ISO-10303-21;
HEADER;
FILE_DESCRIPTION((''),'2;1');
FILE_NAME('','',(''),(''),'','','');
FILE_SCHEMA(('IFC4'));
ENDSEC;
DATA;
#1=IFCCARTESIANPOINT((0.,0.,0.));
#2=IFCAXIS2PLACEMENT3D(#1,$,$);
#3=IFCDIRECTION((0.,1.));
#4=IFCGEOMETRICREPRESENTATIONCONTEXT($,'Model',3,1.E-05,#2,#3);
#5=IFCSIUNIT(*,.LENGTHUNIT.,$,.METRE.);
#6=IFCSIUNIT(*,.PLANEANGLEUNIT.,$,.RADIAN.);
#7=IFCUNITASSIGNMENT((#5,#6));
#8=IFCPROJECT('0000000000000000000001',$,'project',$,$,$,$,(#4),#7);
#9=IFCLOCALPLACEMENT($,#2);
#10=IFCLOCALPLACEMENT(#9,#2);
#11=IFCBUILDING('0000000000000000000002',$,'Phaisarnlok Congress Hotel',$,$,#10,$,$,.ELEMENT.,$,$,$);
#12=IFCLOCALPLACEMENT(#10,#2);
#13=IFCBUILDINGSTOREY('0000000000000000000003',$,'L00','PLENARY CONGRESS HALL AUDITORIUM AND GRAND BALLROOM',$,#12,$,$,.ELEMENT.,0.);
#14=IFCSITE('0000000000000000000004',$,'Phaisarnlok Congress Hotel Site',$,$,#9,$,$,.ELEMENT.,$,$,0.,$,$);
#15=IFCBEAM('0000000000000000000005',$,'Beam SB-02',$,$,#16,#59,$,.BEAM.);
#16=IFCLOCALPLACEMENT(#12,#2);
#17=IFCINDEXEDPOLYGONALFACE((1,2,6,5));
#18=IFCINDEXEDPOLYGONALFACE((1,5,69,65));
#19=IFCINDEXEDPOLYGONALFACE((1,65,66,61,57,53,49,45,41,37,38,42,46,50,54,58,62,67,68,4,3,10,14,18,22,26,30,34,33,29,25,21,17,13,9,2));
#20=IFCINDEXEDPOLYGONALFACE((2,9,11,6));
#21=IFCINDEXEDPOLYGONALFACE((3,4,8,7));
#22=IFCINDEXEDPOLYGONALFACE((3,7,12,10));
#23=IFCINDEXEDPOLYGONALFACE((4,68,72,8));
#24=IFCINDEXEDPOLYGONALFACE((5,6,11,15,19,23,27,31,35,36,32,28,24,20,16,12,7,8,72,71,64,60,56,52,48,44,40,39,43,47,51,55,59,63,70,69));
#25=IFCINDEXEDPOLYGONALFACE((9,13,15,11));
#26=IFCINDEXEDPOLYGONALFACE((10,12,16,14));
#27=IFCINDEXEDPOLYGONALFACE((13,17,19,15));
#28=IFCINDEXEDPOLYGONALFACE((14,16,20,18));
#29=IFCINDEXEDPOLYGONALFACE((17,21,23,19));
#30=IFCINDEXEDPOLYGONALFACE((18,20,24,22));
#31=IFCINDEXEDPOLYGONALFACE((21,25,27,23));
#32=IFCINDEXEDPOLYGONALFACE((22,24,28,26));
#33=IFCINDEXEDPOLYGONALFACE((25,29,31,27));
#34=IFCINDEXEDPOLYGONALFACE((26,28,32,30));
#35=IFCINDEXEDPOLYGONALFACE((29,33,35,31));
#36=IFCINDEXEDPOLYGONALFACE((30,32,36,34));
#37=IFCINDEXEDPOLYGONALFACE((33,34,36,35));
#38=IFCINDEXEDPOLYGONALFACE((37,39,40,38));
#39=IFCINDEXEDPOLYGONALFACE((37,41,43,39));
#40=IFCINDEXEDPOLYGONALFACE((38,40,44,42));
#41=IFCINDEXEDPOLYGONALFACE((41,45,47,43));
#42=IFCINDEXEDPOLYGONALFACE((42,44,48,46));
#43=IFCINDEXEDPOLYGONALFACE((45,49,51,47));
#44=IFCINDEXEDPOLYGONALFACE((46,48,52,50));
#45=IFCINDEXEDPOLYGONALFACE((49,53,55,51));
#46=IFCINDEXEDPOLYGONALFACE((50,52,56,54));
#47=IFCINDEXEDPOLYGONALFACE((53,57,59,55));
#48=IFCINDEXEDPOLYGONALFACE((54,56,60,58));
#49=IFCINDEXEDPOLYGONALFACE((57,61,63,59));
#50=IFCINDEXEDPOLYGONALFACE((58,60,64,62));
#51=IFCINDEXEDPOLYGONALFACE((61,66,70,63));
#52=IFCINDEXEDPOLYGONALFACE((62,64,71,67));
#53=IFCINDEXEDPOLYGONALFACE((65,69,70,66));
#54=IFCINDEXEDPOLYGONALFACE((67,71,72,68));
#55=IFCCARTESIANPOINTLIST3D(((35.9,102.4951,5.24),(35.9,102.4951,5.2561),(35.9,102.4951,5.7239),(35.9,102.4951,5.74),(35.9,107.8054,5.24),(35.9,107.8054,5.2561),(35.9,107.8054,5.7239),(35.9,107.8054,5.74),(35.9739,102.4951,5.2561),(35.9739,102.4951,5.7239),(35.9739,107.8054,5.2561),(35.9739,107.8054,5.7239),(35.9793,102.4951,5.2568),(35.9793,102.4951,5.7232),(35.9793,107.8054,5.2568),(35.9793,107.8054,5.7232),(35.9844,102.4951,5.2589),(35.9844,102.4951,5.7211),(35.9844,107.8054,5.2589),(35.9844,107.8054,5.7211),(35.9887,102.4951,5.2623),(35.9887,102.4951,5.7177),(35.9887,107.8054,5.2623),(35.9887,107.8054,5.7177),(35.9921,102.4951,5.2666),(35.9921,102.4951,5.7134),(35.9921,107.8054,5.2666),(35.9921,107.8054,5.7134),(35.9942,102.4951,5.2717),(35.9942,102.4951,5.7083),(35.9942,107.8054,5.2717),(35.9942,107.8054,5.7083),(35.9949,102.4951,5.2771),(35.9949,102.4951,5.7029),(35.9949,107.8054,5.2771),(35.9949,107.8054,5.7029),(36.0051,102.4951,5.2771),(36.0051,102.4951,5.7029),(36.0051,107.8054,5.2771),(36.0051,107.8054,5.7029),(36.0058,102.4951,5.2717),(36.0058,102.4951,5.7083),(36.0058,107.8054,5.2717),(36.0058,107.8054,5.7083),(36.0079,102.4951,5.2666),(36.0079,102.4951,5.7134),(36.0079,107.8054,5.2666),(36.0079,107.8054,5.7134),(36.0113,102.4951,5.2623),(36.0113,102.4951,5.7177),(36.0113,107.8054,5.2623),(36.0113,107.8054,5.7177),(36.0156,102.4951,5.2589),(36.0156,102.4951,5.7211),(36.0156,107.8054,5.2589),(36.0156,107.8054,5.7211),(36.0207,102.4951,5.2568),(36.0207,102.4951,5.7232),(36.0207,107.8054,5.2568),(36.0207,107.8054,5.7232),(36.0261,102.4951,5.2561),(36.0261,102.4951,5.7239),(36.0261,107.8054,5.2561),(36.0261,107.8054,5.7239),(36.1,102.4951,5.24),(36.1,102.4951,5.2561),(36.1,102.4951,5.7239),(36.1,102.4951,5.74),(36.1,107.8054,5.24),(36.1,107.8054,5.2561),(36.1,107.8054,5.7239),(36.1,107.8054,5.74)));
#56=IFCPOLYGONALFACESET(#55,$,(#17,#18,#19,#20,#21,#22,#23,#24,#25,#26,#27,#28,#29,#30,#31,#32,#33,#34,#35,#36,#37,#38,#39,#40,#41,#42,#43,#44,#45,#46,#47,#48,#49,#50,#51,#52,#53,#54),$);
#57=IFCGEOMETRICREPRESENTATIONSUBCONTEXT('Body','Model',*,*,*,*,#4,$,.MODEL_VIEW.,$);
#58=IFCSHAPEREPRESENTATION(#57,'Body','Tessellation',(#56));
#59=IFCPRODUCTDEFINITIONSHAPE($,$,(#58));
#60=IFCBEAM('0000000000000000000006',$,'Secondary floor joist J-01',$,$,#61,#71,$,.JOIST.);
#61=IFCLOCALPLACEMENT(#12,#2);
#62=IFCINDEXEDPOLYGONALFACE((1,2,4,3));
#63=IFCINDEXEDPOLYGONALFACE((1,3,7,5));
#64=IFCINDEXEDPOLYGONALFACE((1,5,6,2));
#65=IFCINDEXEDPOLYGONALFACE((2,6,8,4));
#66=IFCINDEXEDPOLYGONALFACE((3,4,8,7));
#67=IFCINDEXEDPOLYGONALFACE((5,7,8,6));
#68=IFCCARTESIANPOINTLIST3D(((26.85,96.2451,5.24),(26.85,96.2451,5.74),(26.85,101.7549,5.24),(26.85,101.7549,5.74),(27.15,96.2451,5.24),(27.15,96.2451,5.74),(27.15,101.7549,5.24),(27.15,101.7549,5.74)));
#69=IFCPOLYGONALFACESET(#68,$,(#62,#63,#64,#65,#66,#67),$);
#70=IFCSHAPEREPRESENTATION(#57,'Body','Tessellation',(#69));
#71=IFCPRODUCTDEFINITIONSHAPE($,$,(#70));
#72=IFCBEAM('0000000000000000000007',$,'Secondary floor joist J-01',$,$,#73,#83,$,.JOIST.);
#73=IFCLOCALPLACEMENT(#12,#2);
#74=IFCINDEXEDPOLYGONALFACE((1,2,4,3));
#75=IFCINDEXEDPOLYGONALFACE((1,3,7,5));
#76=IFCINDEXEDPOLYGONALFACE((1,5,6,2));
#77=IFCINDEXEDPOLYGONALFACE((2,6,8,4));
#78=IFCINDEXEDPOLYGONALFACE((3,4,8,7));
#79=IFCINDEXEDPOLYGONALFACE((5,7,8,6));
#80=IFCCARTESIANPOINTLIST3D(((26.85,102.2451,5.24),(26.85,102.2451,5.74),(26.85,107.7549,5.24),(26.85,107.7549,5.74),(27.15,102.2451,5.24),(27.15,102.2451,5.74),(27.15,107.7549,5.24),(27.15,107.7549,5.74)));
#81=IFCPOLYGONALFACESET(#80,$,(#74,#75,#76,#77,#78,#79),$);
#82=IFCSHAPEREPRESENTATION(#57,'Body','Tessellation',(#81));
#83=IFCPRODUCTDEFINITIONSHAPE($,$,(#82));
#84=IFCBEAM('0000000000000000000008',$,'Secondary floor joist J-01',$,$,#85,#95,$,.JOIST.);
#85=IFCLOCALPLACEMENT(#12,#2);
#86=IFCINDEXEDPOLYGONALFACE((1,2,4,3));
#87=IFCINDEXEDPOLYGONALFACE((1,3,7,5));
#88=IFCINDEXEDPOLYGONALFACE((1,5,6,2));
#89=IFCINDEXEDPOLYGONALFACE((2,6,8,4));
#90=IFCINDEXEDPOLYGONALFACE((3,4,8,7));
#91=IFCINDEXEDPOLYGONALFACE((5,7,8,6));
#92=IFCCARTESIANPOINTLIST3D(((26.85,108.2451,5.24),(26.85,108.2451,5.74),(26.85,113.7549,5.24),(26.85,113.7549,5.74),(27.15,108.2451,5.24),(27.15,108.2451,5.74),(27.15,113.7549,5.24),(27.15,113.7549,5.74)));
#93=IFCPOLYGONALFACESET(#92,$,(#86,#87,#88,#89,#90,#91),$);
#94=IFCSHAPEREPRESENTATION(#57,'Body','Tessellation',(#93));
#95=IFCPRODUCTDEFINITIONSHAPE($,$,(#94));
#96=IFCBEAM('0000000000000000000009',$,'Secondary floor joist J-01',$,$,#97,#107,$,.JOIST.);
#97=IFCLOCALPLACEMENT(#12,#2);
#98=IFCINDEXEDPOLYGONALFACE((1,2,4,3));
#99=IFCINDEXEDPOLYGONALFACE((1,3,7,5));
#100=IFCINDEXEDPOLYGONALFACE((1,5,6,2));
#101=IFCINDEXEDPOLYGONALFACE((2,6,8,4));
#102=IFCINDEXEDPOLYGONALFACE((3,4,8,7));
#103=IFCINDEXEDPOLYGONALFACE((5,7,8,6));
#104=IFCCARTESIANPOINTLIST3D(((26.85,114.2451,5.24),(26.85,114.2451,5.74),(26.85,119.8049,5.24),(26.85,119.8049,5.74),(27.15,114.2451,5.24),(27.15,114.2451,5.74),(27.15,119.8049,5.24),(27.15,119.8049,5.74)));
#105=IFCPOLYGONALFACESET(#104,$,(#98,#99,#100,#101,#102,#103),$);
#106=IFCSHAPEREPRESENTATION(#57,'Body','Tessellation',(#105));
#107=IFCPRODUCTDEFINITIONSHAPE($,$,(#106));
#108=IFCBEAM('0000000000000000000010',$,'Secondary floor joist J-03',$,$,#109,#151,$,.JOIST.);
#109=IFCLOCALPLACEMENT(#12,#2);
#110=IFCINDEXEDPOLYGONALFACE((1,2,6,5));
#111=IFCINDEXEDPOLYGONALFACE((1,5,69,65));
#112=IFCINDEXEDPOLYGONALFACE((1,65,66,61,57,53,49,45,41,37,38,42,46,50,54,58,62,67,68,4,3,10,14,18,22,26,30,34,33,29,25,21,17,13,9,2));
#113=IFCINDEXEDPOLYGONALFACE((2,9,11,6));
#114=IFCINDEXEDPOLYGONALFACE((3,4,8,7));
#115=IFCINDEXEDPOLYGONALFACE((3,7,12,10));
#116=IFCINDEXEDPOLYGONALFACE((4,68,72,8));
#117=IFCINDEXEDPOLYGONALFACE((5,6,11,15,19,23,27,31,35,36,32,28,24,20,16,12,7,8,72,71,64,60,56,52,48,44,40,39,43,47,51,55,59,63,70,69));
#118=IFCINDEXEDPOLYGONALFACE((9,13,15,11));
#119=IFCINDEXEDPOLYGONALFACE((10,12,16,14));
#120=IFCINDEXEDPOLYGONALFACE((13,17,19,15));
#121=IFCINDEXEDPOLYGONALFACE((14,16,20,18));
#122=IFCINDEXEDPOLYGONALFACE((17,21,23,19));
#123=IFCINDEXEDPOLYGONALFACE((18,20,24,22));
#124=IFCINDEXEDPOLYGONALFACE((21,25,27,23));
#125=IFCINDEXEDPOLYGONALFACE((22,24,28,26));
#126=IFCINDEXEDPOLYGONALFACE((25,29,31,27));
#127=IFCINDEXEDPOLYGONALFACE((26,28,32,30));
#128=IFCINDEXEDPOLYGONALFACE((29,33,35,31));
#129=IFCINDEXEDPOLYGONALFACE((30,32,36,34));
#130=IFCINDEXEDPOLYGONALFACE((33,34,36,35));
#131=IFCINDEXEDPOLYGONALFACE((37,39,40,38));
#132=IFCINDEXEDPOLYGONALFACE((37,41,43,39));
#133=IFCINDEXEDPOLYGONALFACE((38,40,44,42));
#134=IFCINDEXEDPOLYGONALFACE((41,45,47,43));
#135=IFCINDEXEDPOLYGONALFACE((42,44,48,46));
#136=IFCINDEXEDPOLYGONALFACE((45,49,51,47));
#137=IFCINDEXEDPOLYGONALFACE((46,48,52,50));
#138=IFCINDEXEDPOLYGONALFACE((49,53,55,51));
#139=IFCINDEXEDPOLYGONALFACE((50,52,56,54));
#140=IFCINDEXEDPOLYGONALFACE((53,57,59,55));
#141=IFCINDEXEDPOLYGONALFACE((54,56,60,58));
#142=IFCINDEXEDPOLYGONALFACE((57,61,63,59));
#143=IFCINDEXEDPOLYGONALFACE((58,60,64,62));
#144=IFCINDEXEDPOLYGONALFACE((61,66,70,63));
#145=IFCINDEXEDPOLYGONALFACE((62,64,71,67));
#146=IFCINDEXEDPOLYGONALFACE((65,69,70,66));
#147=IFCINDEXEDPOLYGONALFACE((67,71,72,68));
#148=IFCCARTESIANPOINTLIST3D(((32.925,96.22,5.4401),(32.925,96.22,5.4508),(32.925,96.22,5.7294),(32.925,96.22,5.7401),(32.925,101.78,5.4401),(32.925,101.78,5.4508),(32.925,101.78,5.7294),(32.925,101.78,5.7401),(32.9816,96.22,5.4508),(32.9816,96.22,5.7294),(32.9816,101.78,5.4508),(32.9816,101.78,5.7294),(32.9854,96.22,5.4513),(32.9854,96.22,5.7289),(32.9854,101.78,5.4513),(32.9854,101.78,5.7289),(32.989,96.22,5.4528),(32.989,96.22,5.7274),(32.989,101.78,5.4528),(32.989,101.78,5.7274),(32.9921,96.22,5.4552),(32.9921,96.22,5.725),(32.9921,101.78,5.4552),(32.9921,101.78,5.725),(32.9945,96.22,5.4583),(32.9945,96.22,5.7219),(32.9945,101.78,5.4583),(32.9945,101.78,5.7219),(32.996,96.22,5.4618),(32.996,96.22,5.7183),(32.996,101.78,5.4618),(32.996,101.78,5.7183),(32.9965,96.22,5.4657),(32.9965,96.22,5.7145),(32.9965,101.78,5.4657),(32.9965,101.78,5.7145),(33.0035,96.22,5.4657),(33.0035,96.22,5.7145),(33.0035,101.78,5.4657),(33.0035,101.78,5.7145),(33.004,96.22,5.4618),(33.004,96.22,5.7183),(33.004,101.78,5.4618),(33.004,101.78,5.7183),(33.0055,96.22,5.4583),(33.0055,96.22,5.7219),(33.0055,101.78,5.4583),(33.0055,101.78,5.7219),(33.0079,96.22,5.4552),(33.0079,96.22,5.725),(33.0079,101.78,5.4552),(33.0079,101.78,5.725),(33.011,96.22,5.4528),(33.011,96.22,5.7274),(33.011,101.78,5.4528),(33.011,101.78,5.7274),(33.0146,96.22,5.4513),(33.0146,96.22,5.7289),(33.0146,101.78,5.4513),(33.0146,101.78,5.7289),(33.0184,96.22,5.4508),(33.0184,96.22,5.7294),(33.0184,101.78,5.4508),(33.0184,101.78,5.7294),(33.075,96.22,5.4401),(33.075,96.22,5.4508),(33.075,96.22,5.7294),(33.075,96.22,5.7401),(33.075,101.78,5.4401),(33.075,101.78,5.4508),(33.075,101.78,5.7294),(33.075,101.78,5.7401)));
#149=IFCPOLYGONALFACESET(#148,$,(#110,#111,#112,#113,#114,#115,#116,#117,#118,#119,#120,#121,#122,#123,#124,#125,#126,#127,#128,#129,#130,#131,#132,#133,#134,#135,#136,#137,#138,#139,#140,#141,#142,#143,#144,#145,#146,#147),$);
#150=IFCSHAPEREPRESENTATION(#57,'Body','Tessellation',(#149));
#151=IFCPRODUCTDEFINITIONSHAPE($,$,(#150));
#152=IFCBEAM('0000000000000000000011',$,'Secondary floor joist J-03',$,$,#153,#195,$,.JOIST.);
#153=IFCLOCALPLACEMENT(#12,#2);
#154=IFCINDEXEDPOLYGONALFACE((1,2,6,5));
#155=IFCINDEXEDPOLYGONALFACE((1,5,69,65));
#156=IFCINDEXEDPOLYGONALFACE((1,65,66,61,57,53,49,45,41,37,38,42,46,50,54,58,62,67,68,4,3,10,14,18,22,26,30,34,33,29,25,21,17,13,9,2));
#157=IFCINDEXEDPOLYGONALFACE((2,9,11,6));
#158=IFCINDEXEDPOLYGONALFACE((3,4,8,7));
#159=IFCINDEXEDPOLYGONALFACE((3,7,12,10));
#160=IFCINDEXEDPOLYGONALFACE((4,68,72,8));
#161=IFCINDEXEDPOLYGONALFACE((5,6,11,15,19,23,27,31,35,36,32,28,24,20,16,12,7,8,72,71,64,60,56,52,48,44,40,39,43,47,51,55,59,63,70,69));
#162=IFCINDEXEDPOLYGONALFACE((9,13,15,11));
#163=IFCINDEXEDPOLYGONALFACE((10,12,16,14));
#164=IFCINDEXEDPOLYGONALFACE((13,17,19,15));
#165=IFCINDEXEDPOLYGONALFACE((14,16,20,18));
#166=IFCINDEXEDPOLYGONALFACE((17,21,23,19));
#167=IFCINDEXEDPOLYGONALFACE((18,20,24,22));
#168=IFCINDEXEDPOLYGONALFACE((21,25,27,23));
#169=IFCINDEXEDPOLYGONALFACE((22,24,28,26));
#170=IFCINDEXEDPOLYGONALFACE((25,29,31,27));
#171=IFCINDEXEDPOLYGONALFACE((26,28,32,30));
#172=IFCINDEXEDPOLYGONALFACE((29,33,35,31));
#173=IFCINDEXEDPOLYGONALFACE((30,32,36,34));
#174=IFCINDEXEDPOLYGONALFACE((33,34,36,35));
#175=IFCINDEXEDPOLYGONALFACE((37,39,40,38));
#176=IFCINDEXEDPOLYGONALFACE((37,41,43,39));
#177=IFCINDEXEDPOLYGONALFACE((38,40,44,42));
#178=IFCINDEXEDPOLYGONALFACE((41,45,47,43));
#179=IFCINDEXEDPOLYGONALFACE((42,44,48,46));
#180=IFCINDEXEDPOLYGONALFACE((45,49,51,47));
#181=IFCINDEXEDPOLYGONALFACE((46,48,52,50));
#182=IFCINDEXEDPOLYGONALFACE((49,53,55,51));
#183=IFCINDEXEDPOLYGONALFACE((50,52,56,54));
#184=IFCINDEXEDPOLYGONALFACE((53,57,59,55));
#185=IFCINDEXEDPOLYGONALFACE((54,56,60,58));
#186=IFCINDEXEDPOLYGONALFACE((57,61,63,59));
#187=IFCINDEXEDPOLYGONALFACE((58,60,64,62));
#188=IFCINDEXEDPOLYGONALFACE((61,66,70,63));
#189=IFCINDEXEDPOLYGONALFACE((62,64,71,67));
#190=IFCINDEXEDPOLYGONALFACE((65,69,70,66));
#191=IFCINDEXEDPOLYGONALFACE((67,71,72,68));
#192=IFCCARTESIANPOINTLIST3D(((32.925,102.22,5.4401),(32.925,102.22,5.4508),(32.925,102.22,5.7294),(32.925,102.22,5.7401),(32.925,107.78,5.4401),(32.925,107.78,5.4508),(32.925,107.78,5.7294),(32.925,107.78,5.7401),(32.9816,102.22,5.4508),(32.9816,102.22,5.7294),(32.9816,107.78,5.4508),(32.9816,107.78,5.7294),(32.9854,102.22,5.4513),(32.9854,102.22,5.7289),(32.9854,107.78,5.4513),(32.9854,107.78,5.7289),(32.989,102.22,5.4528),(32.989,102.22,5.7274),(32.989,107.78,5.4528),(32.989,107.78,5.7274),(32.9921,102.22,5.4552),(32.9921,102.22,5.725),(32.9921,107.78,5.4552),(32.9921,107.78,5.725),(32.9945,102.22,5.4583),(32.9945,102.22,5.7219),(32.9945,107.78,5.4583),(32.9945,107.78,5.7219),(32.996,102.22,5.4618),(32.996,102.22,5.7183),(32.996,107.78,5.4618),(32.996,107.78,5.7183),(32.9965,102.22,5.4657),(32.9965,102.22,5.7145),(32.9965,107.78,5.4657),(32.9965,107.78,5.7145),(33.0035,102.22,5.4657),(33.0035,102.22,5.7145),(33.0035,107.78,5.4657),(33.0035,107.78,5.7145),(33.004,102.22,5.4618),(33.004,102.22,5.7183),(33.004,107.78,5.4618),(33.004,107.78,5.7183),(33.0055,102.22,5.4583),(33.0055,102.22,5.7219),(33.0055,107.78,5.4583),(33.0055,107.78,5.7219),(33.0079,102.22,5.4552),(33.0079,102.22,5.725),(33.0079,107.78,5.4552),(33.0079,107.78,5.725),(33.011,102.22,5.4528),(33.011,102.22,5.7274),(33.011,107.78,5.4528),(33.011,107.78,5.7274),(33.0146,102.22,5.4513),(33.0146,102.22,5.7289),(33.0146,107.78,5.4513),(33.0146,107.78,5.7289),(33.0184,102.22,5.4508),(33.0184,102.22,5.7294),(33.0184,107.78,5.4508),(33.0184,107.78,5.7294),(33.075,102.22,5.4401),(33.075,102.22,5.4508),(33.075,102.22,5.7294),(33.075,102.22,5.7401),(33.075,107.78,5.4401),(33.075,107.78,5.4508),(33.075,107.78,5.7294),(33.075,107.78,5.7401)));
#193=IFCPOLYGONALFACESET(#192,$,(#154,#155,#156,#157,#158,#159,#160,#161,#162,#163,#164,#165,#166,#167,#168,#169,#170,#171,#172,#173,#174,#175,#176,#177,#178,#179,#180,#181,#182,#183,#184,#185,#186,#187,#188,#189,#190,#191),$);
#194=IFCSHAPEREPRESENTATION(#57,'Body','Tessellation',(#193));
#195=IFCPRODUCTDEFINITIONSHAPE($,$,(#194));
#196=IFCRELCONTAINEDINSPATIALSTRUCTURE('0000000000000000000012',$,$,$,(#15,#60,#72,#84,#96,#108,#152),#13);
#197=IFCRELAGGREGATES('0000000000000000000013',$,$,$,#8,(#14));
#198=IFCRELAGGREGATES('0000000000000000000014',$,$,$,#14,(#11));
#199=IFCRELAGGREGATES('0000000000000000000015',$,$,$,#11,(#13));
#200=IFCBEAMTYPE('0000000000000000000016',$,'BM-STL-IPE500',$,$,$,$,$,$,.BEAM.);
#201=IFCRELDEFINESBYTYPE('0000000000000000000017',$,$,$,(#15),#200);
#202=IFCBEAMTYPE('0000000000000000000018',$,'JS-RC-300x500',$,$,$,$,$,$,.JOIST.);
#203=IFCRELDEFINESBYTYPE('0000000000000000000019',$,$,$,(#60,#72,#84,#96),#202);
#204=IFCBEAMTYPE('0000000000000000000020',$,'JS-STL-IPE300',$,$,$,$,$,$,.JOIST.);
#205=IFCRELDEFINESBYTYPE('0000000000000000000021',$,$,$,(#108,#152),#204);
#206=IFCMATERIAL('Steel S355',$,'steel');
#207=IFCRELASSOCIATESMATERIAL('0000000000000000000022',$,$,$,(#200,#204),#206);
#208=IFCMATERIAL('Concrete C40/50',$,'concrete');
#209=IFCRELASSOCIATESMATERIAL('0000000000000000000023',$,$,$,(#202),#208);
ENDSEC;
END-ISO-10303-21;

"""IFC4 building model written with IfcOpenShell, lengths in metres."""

from ifc_helpers import new_model, si_unit, direction, frame, origin, origin_2d, place, context, subcontext, project, spatial, rectangle, i_section, extrude, material, material_profile, profile_set, type_object, element, save


model = new_model("IFC4")

# Units and contexts
model_context = context("Model", 3, precision=1e-05, world=origin(), true_north=direction((0.0, 1.0)))
body_context = subcontext(model_context, "Body", "Model", "MODEL_VIEW")
ifc_project = project(units=[si_unit("LENGTHUNIT", "METRE"), si_unit("PLANEANGLEUNIT", "RADIAN")], contexts=[model_context])

# Site, building, storey
site_placement = place(None, origin())
site = spatial("IfcSite", under=ifc_project, at=site_placement, Name="Phaisarnlok Congress Hotel Site", CompositionType="ELEMENT", RefElevation=0.0)
building_placement = place(site_placement, origin())
building = spatial("IfcBuilding", under=site, at=building_placement, Name="Phaisarnlok Congress Hotel", CompositionType="ELEMENT")
storey_placement = place(building_placement, origin())
storey = spatial("IfcBuildingStorey", under=building, at=storey_placement, Name="L00", Description="PLENARY CONGRESS HALL AUDITORIUM AND GRAND BALLROOM", CompositionType="ELEMENT", Elevation=0.0)

# Shared definitions
ifc_material_1 = material(Name="Steel S355", Category="steel")

# Beams
ifc_material_2 = material(Name="Concrete C40/50", Category="concrete")
ifc_material_profile_1 = material_profile(ifc_material_1, i_section(OverallWidth=0.2, OverallDepth=0.5, WebThickness=0.0103, FlangeThickness=0.0161, FilletRadius=0.021, at=origin_2d()), Name="IPE 500")
ifc_profile_set_1 = profile_set([ifc_material_profile_1], Name="Steel S355")
beam_type_1 = type_object("IfcBeamType", Name="BM-STL-IPE500", PredefinedType="BEAM", material=ifc_profile_set_1)
beam_1_placement = place(storey_placement, frame((36.0, 102.4951, 5.49), z_axis=(0.0, 1.0, 0.0), x_axis=(-1.0, 0.0, 0.0)))
element("IfcBeam", 1, at=beam_1_placement, inside=storey, type_object=beam_type_1, Name="Beam SB-02", PredefinedType="BEAM", context=body_context, shape_type="SweptSolid", body=[
    extrude(i_section(OverallWidth=0.2, OverallDepth=0.5, WebThickness=0.0103, FlangeThickness=0.0161, FilletRadius=0.021, at=origin_2d()), origin(), (0.0, 0.0, 1.0), 5.3103),
])
ifc_material_profile_2 = material_profile(ifc_material_2, rectangle(XDim=0.3, YDim=0.5, at=origin_2d()), Name="RC 300x500")
ifc_profile_set_2 = profile_set([ifc_material_profile_2], Name="Concrete C40/50")
beam_type_2 = type_object("IfcBeamType", Name="JS-RC-300x500", PredefinedType="JOIST", material=ifc_profile_set_2)
for number, where, z_axis, x_axis, name in (
    (2, (27.0, 96.2451, 5.49), (0.0, 1.0, 0.0), (-1.0, 0.0, 0.0), "Secondary floor joist J-01"),
    (3, (27.0, 102.2451, 5.49), (0.0, 1.0, 0.0), (-1.0, 0.0, 0.0), "Secondary floor joist J-01"),
    (4, (27.0, 108.2451, 5.49), (0.0, 1.0, 0.0), (-1.0, 0.0, 0.0), "Secondary floor joist J-01"),
):
    element("IfcBeam", number, at=place(storey_placement, frame(where, z_axis=z_axis, x_axis=x_axis)), inside=storey, type_object=beam_type_2, Name=name, PredefinedType="JOIST", context=body_context, shape_type="SweptSolid", body=[
        extrude(rectangle(XDim=0.3, YDim=0.5, at=origin_2d()), origin(), (0.0, 0.0, 1.0), 5.5098),
    ])
beam_2_placement = place(storey_placement, frame((27.0, 114.2451, 5.49), z_axis=(0.0, 1.0, 0.0), x_axis=(-1.0, 0.0, 0.0)))
element("IfcBeam", 5, at=beam_2_placement, inside=storey, type_object=beam_type_2, Name="Secondary floor joist J-01", PredefinedType="JOIST", context=body_context, shape_type="SweptSolid", body=[
    extrude(rectangle(XDim=0.3, YDim=0.5, at=origin_2d()), origin(), (0.0, 0.0, 1.0), 5.5598),
])
ifc_material_profile_3 = material_profile(ifc_material_1, i_section(OverallWidth=0.1499, OverallDepth=0.3, WebThickness=0.0071, FlangeThickness=0.0107, FilletRadius=0.0149, at=origin_2d()), Name="IPE 300")
ifc_profile_set_3 = profile_set([ifc_material_profile_3], Name="Steel S355")
beam_type_3 = type_object("IfcBeamType", Name="JS-STL-IPE300", PredefinedType="JOIST", material=ifc_profile_set_3)
for number, where, z_axis, x_axis, name in (
    (6, (33.0, 96.22, 5.5901), (0.0, 1.0, 0.0), (-1.0, 0.0, 0.0), "Secondary floor joist J-03"),
    (7, (33.0, 102.22, 5.5901), (0.0, 1.0, 0.0), (-1.0, 0.0, 0.0), "Secondary floor joist J-03"),
):
    element("IfcBeam", number, at=place(storey_placement, frame(where, z_axis=z_axis, x_axis=x_axis)), inside=storey, type_object=beam_type_3, Name=name, PredefinedType="JOIST", context=body_context, shape_type="SweptSolid", body=[
        extrude(i_section(OverallWidth=0.1499, OverallDepth=0.3, WebThickness=0.0071, FlangeThickness=0.0107, FilletRadius=0.0149, at=origin_2d()), origin(), (0.0, 0.0, 1.0), 5.5601),
    ])

save(model, "model.ifc")
